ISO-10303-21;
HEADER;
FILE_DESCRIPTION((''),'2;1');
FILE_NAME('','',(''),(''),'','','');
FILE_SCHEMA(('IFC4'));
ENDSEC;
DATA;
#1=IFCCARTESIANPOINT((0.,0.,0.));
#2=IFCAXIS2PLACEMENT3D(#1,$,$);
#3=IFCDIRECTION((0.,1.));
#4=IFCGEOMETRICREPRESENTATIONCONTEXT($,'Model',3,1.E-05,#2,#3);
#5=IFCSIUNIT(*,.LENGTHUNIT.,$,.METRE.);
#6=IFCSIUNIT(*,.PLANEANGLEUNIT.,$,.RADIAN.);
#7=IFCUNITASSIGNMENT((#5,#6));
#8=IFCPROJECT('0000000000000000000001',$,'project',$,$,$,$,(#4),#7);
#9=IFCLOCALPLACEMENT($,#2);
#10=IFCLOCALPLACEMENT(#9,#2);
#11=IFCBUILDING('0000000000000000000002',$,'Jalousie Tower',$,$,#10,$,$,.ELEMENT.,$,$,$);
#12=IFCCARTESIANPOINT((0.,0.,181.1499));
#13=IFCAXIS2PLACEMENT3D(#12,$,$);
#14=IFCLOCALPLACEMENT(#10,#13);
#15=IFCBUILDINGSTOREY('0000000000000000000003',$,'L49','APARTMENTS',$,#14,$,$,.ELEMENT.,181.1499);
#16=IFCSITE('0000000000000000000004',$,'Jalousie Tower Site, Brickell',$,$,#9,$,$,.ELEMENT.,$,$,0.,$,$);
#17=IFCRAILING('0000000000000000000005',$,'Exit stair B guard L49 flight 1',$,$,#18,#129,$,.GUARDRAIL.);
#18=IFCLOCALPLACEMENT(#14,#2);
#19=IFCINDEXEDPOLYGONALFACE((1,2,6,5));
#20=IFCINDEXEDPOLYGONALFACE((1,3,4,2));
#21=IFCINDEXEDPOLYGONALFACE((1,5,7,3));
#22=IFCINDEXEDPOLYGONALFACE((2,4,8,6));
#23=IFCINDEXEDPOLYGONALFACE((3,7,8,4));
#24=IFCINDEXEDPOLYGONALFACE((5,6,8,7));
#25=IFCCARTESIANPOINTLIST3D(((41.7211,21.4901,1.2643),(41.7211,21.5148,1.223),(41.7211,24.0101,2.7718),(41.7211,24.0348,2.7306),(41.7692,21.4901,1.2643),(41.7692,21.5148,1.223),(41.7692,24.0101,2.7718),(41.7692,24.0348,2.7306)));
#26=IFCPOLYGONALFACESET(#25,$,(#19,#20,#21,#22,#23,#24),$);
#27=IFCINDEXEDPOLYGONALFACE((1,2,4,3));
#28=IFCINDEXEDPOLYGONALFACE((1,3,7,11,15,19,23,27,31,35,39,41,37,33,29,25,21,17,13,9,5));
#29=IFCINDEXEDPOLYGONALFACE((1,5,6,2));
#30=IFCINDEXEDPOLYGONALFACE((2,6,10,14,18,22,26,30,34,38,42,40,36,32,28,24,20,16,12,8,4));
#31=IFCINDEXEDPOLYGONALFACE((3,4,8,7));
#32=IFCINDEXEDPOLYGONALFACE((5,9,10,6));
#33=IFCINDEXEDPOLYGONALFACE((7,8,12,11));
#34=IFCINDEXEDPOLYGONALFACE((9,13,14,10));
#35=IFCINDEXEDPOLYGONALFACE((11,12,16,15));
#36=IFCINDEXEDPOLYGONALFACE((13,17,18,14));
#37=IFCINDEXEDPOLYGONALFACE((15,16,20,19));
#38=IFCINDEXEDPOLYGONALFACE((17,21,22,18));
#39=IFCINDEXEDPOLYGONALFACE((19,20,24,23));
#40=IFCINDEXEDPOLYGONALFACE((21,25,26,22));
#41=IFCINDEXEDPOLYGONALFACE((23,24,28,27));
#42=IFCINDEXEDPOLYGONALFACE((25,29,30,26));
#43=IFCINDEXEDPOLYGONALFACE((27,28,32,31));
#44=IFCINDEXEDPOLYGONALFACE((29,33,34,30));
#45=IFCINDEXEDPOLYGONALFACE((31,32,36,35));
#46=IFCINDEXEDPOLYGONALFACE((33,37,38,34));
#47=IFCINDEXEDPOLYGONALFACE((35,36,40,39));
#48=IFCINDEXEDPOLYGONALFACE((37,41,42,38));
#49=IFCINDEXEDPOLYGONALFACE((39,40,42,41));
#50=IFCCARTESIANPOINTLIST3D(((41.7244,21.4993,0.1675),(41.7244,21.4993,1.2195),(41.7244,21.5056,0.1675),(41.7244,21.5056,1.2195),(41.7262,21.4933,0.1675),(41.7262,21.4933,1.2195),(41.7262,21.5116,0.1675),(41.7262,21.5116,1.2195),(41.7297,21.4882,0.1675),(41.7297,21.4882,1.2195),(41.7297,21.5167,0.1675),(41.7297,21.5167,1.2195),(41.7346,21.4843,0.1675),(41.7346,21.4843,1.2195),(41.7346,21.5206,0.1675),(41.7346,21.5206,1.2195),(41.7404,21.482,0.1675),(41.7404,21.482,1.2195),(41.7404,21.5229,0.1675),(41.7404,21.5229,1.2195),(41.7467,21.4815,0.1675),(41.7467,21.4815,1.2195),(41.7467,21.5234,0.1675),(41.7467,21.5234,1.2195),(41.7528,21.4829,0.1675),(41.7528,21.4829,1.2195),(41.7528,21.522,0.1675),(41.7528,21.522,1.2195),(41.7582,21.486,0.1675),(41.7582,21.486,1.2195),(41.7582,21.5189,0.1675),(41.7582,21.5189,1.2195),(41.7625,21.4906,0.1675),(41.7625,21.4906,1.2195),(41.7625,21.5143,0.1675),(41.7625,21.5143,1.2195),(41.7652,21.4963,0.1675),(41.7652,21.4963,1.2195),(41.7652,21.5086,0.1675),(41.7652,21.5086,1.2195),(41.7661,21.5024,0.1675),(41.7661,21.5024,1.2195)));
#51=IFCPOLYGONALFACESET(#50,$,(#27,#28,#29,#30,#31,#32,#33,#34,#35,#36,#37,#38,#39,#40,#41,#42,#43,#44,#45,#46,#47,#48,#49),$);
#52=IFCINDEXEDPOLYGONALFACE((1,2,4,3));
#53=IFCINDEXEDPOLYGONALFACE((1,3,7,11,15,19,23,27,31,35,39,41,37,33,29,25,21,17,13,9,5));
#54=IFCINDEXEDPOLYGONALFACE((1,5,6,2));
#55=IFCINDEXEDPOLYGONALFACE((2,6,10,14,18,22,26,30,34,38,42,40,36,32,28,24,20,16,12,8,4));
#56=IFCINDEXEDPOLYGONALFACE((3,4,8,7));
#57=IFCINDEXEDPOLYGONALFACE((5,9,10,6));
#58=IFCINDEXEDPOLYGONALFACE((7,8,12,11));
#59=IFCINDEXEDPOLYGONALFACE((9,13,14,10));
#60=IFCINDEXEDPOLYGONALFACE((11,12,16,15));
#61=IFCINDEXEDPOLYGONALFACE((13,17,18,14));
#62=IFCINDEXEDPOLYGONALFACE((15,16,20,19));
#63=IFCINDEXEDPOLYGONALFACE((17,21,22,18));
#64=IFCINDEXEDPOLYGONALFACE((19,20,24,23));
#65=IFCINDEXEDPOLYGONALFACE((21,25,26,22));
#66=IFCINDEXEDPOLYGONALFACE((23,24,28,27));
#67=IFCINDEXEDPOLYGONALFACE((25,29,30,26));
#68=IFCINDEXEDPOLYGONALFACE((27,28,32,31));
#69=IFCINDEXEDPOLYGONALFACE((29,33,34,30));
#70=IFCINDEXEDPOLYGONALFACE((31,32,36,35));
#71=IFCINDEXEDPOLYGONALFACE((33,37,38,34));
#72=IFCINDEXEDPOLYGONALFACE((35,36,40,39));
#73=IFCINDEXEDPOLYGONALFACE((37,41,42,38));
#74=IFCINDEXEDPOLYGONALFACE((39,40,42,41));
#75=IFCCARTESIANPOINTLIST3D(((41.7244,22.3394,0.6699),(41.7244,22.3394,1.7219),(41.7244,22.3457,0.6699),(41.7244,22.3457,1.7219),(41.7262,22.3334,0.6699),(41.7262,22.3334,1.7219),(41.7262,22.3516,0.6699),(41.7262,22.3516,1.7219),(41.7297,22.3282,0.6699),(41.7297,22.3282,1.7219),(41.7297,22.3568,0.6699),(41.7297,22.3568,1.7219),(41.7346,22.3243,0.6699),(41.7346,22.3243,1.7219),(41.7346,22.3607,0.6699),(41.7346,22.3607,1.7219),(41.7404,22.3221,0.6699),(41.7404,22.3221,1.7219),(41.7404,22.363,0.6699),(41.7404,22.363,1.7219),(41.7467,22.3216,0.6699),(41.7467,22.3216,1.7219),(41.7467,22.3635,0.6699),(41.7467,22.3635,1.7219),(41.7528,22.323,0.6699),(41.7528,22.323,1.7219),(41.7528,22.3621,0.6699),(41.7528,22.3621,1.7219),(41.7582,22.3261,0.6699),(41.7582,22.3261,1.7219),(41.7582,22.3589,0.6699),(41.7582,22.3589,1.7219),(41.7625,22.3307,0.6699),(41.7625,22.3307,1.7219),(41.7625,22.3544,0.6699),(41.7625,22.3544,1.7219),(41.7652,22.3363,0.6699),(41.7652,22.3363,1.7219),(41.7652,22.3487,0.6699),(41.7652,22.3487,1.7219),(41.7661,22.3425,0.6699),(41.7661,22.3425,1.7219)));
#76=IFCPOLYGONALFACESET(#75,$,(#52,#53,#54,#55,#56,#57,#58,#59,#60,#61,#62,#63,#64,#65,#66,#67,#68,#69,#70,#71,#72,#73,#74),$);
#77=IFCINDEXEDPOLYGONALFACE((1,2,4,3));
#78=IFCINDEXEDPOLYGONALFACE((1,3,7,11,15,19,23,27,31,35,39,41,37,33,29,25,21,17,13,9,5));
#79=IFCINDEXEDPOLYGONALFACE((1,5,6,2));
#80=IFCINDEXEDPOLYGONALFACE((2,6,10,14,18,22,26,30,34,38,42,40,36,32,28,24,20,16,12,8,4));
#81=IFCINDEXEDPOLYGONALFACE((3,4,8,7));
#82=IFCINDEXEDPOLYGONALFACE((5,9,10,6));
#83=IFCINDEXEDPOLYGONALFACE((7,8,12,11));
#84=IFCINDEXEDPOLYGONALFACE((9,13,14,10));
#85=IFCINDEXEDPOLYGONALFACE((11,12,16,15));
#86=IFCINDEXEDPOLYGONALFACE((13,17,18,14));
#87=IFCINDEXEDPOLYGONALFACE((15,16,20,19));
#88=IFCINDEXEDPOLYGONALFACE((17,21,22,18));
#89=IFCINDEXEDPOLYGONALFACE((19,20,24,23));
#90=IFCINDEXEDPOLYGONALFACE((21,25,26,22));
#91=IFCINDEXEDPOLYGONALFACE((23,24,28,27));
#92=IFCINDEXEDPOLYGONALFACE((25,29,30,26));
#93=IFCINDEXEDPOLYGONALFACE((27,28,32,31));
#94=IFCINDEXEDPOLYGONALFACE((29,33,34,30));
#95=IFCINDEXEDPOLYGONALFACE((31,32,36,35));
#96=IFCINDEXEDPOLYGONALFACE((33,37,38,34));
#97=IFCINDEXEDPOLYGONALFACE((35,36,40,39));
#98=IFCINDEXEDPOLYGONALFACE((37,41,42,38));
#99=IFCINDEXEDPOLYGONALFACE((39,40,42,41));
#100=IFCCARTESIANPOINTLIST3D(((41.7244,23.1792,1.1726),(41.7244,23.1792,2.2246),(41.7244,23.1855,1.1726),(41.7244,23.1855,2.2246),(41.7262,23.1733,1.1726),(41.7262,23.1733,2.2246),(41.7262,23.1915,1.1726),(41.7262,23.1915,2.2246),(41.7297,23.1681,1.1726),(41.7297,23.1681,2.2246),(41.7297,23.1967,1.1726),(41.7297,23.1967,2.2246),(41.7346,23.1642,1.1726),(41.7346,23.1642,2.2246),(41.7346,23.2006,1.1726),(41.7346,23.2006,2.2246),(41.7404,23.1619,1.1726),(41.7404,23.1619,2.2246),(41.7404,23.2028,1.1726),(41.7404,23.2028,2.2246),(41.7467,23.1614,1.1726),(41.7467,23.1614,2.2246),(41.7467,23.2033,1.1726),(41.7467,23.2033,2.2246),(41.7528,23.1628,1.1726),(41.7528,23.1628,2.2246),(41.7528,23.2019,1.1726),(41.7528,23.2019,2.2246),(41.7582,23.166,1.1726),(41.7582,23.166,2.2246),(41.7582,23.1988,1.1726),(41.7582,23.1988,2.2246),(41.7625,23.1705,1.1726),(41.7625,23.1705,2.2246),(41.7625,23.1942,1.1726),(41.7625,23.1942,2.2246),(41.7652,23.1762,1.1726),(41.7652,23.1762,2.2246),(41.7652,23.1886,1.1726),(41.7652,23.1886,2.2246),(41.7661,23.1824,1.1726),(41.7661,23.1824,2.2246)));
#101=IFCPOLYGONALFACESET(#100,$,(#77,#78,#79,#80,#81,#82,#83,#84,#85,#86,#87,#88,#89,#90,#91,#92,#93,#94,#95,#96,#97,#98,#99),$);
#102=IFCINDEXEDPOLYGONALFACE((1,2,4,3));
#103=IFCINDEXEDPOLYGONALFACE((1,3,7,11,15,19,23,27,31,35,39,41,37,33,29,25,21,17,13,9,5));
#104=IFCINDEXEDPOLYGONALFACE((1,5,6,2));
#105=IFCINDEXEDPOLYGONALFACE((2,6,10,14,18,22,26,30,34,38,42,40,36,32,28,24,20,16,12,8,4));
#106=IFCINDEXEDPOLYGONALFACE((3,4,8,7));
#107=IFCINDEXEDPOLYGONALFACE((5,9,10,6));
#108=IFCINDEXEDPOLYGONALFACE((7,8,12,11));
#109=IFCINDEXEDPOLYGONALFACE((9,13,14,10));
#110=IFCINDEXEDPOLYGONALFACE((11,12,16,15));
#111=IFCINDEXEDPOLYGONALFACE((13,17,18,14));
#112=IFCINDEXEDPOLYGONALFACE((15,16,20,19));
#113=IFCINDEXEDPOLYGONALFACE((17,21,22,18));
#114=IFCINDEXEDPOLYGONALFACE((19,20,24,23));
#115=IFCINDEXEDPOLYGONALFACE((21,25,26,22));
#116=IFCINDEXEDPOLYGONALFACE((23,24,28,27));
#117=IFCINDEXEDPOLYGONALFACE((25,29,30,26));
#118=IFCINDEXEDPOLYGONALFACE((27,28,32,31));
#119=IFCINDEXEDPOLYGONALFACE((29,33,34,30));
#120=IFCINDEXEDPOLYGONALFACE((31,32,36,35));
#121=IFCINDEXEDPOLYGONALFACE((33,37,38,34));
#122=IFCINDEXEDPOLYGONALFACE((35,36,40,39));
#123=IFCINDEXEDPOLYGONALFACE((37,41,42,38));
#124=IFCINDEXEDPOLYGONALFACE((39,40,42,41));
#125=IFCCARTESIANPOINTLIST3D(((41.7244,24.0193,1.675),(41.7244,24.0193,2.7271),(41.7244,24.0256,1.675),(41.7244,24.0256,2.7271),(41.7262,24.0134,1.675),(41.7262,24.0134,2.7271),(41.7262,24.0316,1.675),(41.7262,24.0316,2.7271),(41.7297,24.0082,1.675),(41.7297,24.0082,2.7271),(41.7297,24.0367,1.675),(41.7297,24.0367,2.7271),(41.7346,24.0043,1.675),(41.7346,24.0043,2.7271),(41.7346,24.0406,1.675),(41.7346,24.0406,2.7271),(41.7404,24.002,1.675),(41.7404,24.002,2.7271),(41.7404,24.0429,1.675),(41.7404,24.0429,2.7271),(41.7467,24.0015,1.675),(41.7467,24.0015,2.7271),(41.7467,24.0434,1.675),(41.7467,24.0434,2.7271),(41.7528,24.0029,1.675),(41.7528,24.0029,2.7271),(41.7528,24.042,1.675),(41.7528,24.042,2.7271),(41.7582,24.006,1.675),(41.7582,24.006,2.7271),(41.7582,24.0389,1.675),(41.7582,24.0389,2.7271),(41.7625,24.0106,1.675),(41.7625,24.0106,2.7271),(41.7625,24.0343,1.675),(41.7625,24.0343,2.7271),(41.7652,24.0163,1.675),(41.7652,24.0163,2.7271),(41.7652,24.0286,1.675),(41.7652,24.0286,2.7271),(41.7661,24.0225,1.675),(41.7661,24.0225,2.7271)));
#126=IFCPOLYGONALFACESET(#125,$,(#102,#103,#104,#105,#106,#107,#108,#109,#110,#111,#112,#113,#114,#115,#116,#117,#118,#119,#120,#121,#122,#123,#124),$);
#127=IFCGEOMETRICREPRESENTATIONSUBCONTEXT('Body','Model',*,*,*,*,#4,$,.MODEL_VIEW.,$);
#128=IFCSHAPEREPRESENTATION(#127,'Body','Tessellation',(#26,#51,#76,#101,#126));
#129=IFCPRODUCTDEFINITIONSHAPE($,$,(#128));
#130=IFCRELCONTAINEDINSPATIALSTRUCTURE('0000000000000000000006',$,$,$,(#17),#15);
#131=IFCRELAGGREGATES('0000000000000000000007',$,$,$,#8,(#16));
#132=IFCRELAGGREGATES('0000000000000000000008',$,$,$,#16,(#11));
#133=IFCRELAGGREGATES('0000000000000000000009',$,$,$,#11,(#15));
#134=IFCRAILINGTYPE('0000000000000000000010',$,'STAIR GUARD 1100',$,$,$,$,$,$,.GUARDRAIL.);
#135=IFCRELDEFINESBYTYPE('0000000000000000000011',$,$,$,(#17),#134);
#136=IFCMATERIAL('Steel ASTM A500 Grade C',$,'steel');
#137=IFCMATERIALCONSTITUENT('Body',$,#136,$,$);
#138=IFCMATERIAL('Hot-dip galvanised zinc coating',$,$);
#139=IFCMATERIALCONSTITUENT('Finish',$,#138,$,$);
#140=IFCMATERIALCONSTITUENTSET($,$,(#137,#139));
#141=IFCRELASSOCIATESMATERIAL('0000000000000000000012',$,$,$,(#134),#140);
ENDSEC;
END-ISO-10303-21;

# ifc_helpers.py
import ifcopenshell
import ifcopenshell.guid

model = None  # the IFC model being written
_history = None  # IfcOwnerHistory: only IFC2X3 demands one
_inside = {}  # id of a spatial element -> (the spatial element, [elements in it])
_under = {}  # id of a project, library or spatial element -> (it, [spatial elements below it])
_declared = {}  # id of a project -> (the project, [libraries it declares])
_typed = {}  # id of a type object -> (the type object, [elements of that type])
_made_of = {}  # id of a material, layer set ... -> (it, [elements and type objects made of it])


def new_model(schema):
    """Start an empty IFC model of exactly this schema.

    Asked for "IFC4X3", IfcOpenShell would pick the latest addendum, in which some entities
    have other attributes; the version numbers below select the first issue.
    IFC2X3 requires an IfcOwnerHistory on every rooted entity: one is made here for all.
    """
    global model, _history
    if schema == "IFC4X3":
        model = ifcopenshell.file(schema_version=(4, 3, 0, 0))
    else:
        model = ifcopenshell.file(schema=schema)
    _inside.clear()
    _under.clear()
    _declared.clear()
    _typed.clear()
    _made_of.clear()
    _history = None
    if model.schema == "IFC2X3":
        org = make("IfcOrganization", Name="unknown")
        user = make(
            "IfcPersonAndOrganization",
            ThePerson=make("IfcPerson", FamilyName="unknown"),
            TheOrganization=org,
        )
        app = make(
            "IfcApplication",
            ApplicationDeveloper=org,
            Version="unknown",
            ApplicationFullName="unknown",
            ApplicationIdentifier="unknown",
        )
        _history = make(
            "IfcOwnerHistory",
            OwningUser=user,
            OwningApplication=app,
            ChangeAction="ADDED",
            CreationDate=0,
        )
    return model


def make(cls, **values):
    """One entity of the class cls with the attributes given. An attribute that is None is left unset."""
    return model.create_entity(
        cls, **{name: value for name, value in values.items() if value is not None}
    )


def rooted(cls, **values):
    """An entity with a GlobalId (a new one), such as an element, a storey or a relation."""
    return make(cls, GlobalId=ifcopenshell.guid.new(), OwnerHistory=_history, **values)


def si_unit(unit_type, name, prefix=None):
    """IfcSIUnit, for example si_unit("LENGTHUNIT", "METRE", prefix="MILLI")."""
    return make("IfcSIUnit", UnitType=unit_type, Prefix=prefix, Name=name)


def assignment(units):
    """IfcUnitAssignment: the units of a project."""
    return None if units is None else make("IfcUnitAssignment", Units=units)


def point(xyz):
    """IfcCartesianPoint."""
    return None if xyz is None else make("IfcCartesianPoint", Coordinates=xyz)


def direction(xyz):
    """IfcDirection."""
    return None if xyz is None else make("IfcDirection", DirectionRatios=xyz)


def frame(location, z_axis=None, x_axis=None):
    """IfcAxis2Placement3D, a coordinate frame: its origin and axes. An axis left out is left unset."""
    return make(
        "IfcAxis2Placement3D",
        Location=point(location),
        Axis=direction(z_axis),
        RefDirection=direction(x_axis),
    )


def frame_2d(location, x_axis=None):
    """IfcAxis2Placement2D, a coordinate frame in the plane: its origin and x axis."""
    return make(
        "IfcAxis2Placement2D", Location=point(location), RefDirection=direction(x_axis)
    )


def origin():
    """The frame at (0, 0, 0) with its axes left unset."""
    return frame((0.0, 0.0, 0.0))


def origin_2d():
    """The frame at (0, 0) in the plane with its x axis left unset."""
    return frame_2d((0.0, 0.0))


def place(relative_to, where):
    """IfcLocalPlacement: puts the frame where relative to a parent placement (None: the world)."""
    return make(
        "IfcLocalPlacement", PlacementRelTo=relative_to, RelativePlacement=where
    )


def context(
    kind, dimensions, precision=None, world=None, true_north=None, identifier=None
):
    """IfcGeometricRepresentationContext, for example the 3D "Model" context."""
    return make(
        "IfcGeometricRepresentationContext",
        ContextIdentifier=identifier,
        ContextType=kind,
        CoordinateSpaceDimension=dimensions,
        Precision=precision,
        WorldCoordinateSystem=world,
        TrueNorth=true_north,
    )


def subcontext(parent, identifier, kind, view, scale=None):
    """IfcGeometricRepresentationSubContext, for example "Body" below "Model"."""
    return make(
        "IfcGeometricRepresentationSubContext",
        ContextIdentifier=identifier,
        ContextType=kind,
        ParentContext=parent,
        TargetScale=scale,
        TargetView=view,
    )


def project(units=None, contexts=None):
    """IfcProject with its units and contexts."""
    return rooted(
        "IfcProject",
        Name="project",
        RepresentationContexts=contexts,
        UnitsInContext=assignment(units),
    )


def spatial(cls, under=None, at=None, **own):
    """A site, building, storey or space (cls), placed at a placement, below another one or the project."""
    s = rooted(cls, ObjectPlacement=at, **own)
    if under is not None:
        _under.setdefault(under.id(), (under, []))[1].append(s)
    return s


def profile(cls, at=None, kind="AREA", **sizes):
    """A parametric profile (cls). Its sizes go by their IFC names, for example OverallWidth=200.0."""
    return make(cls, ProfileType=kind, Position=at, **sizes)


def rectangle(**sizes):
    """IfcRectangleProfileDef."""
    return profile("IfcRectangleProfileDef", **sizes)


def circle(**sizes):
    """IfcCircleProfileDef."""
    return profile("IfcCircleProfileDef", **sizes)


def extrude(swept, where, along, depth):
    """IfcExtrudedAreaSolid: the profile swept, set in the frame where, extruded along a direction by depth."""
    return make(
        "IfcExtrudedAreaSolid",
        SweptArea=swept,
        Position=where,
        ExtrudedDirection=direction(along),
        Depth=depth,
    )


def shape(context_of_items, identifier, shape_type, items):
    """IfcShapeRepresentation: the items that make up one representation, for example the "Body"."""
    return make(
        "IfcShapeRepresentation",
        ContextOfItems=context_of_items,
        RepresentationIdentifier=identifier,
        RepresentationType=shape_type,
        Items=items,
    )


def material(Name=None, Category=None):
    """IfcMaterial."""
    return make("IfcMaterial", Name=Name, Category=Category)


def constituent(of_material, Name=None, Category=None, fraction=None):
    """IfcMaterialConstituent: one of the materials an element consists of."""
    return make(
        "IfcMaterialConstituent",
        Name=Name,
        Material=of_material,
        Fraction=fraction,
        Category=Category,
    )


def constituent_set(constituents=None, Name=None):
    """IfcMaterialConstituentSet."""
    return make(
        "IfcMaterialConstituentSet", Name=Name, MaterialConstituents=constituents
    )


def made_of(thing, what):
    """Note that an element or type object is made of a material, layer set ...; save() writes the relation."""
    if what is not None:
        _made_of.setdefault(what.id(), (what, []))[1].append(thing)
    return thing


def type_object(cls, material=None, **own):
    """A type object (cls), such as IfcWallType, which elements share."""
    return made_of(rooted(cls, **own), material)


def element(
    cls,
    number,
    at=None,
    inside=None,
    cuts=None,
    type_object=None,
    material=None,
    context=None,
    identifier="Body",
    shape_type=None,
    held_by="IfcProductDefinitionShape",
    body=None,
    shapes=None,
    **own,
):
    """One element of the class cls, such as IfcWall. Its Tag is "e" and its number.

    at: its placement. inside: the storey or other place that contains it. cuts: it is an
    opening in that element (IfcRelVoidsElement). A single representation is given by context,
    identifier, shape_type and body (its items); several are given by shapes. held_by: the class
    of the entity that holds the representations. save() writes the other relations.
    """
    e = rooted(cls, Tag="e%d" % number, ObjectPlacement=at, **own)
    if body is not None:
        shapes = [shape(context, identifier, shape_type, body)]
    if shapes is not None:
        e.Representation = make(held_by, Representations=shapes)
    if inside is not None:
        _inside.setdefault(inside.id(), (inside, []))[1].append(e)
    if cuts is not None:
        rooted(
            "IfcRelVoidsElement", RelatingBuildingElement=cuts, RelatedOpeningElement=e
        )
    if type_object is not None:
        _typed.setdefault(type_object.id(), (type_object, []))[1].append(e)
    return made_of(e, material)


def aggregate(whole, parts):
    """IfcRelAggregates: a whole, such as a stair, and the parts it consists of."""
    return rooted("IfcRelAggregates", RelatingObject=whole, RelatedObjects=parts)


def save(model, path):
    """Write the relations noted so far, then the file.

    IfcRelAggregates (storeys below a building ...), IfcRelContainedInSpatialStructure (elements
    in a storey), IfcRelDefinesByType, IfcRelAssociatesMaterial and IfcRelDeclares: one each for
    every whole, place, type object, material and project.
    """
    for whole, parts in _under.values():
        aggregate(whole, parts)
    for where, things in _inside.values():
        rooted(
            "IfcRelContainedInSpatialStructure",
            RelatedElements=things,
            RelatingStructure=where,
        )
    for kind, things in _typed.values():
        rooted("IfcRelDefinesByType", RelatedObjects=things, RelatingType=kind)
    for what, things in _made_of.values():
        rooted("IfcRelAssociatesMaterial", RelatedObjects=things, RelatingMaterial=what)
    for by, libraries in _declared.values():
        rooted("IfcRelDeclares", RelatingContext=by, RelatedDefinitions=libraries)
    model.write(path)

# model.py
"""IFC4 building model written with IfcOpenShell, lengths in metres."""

from ifc_helpers import new_model, si_unit, direction, frame, origin, origin_2d, place, context, subcontext, project, spatial, rectangle, circle, extrude, material, constituent, constituent_set, type_object, element, save


model = new_model("IFC4")

# Units and contexts
model_context = context("Model", 3, precision=1e-05, world=origin(), true_north=direction((0.0, 1.0)))
body_context = subcontext(model_context, "Body", "Model", "MODEL_VIEW")
ifc_project = project(units=[si_unit("LENGTHUNIT", "METRE"), si_unit("PLANEANGLEUNIT", "RADIAN")], contexts=[model_context])

# Site, building, storey
site_placement = place(None, origin())
site = spatial("IfcSite", under=ifc_project, at=site_placement, Name="Jalousie Tower Site, Brickell", CompositionType="ELEMENT", RefElevation=0.0)
building_placement = place(site_placement, origin())
building = spatial("IfcBuilding", under=site, at=building_placement, Name="Jalousie Tower", CompositionType="ELEMENT")
storey_placement = place(building_placement, frame((0.0, 0.0, 181.1499)))
storey = spatial("IfcBuildingStorey", under=building, at=storey_placement, Name="L49", Description="APARTMENTS", CompositionType="ELEMENT", Elevation=181.1499)

# Railing
ifc_material_1 = material(Name="Steel ASTM A500 Grade C", Category="steel")
ifc_constituent_1 = constituent(ifc_material_1, Name="Body")
ifc_material_2 = material(Name="Hot-dip galvanised zinc coating")
ifc_constituent_2 = constituent(ifc_material_2, Name="Finish")
ifc_constituent_set_1 = constituent_set(constituents=[ifc_constituent_1, ifc_constituent_2])
railing_type_1 = type_object("IfcRailingType", Name="STAIR GUARD 1100", PredefinedType="GUARDRAIL", material=ifc_constituent_set_1)
railing_1_placement = place(storey_placement, frame((41.7451, 21.5024, 0.1675)))
element("IfcRailing", 1, at=railing_1_placement, inside=storey, type_object=railing_type_1, Name="Exit stair B guard L49 flight 1", PredefinedType="GUARDRAIL", context=body_context, shape_type="SweptSolid", body=[
    extrude(rectangle(XDim=0.0481, YDim=0.0481, at=origin_2d()), frame((0.0, 0.0, 1.0762), z_axis=(0.0, 0.85816, 0.513383), x_axis=(-1.0, 0.0, 0.0)), (0.0, 0.0, 1.0), 2.9365),
    extrude(circle(Radius=0.021, at=origin_2d()), origin(), (0.0, 0.0, 1.0), 1.052),
    extrude(circle(Radius=0.021, at=origin_2d()), frame((0.0, 0.8401, 0.5024)), (0.0, 0.0, 1.0), 1.052),
    extrude(circle(Radius=0.021, at=origin_2d()), frame((0.0, 1.6799, 1.0051)), (0.0, 0.0, 1.0), 1.052),
    extrude(circle(Radius=0.021, at=origin_2d()), frame((0.0, 2.52, 1.5076)), (0.0, 0.0, 1.0), 1.052),
])

save(model, "model.ifc")
